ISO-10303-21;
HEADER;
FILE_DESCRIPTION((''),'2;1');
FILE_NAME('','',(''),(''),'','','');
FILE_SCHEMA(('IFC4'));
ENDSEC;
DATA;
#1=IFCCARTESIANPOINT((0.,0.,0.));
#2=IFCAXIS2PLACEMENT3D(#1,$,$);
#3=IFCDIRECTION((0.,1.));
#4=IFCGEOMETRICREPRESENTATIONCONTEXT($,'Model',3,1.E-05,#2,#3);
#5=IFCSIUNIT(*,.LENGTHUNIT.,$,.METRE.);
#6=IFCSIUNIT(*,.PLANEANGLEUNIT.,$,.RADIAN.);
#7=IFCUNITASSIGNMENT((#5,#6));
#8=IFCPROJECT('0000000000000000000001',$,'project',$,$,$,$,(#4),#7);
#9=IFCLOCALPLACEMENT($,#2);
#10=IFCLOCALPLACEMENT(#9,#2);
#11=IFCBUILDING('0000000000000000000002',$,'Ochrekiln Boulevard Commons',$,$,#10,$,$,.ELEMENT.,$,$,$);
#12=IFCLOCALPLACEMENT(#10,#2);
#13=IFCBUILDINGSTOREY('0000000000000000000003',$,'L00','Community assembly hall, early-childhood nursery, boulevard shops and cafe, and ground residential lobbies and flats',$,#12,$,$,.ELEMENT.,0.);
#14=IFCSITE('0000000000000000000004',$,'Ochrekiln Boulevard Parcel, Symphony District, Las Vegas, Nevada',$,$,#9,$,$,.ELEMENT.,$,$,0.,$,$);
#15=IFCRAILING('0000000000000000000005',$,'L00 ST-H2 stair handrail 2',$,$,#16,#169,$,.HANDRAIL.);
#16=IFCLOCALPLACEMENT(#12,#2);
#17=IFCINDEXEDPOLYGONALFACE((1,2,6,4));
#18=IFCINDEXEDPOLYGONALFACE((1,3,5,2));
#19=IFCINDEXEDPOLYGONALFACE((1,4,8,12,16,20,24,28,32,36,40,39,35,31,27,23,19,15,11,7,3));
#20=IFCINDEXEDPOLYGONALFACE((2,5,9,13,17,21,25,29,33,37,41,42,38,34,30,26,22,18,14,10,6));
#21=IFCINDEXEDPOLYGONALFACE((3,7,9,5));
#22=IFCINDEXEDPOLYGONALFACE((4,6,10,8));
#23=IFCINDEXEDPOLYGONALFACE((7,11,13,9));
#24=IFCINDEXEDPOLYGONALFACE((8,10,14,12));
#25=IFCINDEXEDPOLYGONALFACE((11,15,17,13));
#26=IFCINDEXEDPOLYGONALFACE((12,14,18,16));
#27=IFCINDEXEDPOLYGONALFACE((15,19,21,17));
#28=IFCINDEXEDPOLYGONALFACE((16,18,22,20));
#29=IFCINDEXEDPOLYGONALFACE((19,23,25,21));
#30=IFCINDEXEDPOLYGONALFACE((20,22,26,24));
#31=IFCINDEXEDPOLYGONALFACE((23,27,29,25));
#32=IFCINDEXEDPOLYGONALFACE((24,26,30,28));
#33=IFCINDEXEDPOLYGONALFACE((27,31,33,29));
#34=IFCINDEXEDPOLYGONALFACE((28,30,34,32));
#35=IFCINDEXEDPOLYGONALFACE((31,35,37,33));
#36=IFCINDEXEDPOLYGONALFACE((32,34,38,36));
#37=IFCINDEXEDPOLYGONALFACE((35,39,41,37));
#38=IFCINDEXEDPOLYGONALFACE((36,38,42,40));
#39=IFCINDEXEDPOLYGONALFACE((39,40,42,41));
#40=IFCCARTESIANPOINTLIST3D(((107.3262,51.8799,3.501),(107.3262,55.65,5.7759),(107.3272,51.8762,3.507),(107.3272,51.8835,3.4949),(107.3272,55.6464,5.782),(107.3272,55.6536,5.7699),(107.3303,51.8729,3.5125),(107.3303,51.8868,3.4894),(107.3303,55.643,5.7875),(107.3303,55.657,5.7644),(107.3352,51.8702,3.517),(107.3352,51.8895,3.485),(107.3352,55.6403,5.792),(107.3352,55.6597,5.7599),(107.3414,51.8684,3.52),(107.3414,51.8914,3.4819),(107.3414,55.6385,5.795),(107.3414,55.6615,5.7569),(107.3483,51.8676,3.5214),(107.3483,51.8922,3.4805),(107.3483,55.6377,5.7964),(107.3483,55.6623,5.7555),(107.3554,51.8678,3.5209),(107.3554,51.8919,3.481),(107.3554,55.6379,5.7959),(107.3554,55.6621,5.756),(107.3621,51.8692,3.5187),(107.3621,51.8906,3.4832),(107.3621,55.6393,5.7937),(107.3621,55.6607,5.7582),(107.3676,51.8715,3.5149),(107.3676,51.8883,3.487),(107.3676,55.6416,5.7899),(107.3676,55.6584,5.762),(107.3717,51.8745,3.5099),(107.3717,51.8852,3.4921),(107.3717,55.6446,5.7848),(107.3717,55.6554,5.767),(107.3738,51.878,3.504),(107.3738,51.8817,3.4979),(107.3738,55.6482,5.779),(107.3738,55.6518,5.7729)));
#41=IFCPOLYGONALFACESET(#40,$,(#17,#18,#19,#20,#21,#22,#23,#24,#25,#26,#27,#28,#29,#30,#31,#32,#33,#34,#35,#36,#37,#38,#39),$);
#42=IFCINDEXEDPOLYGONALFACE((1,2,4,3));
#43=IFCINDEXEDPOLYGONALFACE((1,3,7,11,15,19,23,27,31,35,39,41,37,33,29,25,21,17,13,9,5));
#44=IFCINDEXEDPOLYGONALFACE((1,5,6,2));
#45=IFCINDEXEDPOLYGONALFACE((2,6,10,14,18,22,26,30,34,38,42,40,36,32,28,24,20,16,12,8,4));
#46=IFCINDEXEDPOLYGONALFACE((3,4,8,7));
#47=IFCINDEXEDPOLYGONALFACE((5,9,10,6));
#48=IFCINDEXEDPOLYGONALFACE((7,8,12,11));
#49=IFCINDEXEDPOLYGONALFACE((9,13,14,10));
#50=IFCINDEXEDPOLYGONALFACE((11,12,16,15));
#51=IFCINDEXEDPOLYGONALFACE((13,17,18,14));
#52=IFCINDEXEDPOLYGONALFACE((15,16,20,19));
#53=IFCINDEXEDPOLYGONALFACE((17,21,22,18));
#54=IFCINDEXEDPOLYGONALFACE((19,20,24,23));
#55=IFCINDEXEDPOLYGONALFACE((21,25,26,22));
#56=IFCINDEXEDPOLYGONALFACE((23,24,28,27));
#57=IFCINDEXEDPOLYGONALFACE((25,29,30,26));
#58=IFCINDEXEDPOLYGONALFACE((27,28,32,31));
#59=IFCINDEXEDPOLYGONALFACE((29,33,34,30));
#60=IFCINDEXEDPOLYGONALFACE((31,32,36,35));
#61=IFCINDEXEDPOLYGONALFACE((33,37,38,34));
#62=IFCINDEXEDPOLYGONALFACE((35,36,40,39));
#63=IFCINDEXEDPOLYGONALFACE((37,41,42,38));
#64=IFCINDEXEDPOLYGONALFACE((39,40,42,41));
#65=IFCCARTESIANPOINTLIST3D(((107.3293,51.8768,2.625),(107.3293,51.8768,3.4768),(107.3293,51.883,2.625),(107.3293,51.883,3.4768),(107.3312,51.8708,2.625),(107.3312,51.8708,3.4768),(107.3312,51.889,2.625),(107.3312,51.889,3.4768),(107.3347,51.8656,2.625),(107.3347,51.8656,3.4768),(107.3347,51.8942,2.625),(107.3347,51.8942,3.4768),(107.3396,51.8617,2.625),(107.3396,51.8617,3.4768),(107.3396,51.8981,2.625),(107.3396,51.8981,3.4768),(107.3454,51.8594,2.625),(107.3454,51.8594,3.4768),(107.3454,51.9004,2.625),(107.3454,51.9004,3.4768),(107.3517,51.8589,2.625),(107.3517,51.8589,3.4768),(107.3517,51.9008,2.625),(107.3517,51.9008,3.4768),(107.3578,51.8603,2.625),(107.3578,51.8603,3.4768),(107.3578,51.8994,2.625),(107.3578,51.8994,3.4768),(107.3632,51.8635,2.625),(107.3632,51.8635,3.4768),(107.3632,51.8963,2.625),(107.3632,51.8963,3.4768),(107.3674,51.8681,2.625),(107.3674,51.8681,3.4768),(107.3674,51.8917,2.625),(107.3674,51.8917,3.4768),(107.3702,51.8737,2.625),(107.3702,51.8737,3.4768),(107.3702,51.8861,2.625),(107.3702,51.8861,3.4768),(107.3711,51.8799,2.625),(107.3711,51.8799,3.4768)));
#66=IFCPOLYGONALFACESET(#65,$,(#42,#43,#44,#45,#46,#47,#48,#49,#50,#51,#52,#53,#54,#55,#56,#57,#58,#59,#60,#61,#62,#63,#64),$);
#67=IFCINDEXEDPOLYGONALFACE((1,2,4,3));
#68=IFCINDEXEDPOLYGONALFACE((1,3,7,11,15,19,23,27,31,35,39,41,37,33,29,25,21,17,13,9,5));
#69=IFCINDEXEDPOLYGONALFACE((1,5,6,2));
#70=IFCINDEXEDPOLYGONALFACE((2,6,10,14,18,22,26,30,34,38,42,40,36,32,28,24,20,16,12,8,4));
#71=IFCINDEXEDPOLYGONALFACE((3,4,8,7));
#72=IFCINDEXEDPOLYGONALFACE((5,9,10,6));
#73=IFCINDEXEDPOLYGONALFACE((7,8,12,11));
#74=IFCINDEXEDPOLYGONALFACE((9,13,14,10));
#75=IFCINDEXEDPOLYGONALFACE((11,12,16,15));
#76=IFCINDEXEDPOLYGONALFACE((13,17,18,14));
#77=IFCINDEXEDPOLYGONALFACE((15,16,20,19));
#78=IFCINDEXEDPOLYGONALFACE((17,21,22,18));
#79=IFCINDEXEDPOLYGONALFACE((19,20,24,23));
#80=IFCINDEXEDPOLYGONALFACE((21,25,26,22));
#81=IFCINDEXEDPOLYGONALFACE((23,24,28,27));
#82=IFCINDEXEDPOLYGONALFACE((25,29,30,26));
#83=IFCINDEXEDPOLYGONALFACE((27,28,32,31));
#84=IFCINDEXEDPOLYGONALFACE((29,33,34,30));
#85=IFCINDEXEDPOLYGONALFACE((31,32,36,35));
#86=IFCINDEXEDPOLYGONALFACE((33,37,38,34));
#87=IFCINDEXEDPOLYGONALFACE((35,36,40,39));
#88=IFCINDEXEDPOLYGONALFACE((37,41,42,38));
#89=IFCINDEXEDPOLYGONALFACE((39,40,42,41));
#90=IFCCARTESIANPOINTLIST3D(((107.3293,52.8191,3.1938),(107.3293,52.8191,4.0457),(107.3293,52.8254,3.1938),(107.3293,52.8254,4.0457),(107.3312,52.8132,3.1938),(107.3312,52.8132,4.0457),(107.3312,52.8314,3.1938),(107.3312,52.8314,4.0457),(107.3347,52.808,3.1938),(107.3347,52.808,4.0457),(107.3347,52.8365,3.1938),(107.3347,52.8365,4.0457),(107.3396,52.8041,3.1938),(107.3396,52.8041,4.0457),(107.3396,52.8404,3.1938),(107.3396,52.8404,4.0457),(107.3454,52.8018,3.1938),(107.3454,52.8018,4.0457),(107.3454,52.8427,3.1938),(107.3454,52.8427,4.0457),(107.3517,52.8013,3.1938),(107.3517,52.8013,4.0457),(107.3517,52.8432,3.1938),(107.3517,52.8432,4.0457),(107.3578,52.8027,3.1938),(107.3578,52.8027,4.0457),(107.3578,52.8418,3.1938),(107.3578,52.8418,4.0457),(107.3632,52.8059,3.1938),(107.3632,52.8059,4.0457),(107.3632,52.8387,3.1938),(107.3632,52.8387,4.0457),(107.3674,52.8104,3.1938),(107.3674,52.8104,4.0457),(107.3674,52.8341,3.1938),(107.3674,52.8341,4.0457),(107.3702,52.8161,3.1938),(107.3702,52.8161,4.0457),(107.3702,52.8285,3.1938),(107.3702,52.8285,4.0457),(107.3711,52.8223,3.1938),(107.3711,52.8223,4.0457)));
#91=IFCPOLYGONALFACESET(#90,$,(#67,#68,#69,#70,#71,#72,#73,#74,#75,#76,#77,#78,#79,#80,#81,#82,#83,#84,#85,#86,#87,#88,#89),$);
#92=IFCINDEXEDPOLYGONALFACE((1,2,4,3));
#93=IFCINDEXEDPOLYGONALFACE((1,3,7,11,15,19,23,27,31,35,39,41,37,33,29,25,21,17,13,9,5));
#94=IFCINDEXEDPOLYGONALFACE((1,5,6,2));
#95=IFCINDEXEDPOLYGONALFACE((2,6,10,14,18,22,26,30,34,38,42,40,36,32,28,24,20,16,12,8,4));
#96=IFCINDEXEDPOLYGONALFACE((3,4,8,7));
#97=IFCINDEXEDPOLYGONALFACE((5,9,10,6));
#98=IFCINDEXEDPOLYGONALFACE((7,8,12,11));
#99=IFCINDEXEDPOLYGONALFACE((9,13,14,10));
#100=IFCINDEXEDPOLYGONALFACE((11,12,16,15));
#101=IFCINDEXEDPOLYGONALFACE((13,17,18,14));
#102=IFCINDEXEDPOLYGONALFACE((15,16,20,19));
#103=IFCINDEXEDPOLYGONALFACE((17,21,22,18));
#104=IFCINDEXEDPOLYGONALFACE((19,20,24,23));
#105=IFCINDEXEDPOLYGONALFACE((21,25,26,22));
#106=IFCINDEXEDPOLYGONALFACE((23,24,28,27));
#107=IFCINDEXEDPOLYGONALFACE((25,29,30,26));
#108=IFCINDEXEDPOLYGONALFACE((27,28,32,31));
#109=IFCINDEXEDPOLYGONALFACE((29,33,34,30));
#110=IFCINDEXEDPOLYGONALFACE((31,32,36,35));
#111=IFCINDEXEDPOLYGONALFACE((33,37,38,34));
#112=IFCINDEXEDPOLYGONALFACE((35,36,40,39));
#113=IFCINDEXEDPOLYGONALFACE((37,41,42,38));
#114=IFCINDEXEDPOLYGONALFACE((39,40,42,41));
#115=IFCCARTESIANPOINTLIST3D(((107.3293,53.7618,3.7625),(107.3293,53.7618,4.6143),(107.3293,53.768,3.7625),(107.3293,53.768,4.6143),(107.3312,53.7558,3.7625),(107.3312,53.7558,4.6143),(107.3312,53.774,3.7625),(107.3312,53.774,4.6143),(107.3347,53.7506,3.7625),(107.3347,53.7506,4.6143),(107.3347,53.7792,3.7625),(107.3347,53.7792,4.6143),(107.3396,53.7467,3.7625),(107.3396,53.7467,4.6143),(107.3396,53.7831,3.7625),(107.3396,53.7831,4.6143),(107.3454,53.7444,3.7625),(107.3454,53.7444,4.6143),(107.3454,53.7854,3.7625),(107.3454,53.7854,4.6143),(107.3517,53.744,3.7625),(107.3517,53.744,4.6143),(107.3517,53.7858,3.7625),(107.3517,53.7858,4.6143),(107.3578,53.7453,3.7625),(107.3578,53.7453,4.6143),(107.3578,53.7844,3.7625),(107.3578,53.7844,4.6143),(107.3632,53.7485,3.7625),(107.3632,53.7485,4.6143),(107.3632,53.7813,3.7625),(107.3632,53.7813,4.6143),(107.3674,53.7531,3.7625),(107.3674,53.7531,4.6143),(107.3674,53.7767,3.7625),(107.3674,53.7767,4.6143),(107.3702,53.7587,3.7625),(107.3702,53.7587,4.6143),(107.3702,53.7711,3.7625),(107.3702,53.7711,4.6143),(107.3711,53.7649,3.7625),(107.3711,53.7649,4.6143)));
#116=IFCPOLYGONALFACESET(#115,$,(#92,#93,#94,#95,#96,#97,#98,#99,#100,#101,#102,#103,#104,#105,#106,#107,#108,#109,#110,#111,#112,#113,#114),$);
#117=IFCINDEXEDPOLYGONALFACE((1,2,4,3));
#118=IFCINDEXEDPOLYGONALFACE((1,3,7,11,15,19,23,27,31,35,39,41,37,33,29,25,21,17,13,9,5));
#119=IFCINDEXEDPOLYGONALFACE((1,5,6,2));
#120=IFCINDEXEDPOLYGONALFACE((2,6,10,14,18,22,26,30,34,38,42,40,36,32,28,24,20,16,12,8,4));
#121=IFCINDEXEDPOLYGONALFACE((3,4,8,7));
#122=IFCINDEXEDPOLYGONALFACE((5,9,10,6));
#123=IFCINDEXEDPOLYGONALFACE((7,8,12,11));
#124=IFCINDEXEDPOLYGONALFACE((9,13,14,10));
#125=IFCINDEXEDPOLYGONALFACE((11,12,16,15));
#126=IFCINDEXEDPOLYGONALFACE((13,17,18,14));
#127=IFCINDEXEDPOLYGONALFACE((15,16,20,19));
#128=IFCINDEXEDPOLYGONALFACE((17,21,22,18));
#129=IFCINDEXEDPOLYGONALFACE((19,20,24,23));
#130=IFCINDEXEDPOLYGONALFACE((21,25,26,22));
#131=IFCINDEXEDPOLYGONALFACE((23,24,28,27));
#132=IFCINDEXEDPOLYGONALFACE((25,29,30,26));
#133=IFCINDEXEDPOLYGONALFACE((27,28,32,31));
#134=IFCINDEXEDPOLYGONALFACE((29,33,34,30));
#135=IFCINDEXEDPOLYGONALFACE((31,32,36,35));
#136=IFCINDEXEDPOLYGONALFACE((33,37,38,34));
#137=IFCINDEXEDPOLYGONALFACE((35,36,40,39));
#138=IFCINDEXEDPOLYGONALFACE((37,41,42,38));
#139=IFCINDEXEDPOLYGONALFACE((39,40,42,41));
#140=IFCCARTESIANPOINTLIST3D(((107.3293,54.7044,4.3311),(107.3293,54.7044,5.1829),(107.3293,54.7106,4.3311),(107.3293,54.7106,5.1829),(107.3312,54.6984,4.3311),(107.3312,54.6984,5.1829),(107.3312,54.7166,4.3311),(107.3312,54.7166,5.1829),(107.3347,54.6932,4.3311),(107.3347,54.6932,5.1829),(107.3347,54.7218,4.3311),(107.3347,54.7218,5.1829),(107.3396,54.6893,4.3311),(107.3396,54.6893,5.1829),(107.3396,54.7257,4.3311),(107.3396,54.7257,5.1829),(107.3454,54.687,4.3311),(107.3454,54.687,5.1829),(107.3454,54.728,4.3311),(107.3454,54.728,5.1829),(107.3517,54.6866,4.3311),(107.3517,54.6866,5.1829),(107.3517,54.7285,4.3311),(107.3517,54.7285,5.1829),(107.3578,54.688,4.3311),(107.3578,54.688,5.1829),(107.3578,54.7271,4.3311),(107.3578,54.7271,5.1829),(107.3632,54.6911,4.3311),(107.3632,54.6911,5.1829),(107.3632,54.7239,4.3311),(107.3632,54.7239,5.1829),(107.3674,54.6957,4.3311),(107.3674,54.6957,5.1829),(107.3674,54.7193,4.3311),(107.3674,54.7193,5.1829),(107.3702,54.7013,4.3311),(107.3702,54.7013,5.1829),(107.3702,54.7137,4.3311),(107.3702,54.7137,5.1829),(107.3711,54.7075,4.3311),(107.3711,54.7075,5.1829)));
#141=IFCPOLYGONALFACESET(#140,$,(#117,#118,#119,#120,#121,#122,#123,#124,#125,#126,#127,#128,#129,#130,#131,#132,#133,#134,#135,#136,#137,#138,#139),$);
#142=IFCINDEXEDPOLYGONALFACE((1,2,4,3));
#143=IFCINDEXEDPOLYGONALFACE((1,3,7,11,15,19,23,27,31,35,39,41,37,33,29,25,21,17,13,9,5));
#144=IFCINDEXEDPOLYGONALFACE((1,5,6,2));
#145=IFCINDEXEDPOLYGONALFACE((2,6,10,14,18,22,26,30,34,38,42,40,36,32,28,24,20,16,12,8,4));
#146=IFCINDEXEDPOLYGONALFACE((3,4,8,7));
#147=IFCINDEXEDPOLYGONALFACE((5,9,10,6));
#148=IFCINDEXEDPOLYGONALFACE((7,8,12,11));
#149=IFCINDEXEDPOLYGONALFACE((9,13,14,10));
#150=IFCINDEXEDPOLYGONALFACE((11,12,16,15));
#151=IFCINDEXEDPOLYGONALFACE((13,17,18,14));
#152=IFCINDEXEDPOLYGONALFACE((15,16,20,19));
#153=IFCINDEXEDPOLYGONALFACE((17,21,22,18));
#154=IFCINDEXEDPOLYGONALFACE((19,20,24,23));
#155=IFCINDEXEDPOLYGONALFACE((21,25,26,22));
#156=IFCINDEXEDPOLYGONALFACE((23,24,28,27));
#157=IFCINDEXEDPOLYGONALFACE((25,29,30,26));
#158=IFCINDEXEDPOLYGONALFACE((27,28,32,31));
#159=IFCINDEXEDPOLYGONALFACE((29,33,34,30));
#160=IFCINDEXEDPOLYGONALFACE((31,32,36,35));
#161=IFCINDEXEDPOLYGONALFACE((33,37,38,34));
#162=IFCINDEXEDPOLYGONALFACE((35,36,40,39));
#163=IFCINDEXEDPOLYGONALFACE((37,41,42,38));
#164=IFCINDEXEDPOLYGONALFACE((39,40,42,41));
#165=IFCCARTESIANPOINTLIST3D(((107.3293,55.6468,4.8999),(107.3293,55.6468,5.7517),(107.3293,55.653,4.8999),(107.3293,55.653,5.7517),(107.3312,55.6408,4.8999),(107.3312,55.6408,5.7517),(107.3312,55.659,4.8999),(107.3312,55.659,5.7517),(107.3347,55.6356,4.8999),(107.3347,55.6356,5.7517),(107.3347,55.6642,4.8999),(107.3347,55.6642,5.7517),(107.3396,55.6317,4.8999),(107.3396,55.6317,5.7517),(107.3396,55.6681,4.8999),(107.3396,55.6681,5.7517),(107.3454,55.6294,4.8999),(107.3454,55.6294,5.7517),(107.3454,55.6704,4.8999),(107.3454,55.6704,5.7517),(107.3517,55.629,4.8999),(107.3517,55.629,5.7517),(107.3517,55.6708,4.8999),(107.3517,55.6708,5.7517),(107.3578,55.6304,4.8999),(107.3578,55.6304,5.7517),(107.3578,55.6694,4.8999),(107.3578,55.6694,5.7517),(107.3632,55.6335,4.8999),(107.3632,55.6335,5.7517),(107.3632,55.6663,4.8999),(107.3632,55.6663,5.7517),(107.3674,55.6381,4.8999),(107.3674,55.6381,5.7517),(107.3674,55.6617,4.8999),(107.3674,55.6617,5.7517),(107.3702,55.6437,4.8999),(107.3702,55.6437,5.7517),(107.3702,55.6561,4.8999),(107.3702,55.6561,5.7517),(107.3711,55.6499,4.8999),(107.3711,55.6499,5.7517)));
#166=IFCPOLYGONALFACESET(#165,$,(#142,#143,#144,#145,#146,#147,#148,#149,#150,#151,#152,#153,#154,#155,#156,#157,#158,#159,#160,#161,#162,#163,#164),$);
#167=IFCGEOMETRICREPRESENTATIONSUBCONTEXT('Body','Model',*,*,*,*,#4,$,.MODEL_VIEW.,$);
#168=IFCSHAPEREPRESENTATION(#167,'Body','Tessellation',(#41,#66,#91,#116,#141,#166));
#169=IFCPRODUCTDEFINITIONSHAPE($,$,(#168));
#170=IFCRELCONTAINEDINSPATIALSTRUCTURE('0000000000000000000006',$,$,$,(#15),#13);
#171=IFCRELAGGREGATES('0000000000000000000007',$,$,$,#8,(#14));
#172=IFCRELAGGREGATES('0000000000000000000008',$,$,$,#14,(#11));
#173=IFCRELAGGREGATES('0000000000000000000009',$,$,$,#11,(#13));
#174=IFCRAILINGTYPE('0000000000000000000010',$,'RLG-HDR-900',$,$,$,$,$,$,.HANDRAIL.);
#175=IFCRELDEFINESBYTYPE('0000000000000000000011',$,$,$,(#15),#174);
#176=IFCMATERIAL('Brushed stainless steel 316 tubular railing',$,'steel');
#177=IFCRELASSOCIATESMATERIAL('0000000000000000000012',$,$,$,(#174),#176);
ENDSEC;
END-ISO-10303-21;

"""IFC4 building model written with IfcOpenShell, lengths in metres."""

from ifc_helpers import new_model, si_unit, direction, frame, origin, origin_2d, place, context, subcontext, project, spatial, circle, extrude, material, type_object, element, save


model = new_model("IFC4")

# Units and contexts
model_context = context("Model", 3, precision=1e-05, world=origin(), true_north=direction((0.0, 1.0)))
body_context = subcontext(model_context, "Body", "Model", "MODEL_VIEW")
ifc_project = project(units=[si_unit("LENGTHUNIT", "METRE"), si_unit("PLANEANGLEUNIT", "RADIAN")], contexts=[model_context])

# Site, building, storey
site_placement = place(None, origin())
site = spatial("IfcSite", under=ifc_project, at=site_placement, Name="Ochrekiln Boulevard Parcel, Symphony District, Las Vegas, Nevada", CompositionType="ELEMENT", RefElevation=0.0)
building_placement = place(site_placement, origin())
building = spatial("IfcBuilding", under=site, at=building_placement, Name="Ochrekiln Boulevard Commons", CompositionType="ELEMENT")
storey_placement = place(building_placement, origin())
storey = spatial("IfcBuildingStorey", under=building, at=storey_placement, Name="L00", Description="Community assembly hall, early-childhood nursery, boulevard shops and cafe, and ground residential lobbies and flats", CompositionType="ELEMENT", Elevation=0.0)

# Railing
ifc_material_1 = material(Name="Brushed stainless steel 316 tubular railing", Category="steel")
railing_type_1 = type_object("IfcRailingType", Name="RLG-HDR-900", PredefinedType="HANDRAIL", material=ifc_material_1)
railing_1_placement = place(storey_placement, frame((107.3501, 51.8799, 2.625)))
element("IfcRailing", 1, at=railing_1_placement, inside=storey, type_object=railing_type_1, Name="L00 ST-H2 stair handrail 2", PredefinedType="HANDRAIL", context=body_context, shape_type="SweptSolid", body=[
    extrude(circle(Radius=0.0239, at=origin_2d()), frame((0.0, 0.0, 0.876), z_axis=(0.0, 0.856199, 0.516647), x_axis=(-1.0, 0.0, 0.0)), (0.0, 0.0, 1.0), 4.4033),
    extrude(circle(Radius=0.021, at=origin_2d()), origin(), (0.0, 0.0, 1.0), 0.8518),
    extrude(circle(Radius=0.021, at=origin_2d()), frame((0.0, 0.9424, 0.5688)), (0.0, 0.0, 1.0), 0.8518),
    extrude(circle(Radius=0.021, at=origin_2d()), frame((0.0, 1.885, 1.1375)), (0.0, 0.0, 1.0), 0.8518),
    extrude(circle(Radius=0.021, at=origin_2d()), frame((0.0, 2.8276, 1.7061)), (0.0, 0.0, 1.0), 0.8518),
    extrude(circle(Radius=0.021, at=origin_2d()), frame((0.0, 3.77, 2.2749)), (0.0, 0.0, 1.0), 0.8518),
])

save(model, "model.ifc")
